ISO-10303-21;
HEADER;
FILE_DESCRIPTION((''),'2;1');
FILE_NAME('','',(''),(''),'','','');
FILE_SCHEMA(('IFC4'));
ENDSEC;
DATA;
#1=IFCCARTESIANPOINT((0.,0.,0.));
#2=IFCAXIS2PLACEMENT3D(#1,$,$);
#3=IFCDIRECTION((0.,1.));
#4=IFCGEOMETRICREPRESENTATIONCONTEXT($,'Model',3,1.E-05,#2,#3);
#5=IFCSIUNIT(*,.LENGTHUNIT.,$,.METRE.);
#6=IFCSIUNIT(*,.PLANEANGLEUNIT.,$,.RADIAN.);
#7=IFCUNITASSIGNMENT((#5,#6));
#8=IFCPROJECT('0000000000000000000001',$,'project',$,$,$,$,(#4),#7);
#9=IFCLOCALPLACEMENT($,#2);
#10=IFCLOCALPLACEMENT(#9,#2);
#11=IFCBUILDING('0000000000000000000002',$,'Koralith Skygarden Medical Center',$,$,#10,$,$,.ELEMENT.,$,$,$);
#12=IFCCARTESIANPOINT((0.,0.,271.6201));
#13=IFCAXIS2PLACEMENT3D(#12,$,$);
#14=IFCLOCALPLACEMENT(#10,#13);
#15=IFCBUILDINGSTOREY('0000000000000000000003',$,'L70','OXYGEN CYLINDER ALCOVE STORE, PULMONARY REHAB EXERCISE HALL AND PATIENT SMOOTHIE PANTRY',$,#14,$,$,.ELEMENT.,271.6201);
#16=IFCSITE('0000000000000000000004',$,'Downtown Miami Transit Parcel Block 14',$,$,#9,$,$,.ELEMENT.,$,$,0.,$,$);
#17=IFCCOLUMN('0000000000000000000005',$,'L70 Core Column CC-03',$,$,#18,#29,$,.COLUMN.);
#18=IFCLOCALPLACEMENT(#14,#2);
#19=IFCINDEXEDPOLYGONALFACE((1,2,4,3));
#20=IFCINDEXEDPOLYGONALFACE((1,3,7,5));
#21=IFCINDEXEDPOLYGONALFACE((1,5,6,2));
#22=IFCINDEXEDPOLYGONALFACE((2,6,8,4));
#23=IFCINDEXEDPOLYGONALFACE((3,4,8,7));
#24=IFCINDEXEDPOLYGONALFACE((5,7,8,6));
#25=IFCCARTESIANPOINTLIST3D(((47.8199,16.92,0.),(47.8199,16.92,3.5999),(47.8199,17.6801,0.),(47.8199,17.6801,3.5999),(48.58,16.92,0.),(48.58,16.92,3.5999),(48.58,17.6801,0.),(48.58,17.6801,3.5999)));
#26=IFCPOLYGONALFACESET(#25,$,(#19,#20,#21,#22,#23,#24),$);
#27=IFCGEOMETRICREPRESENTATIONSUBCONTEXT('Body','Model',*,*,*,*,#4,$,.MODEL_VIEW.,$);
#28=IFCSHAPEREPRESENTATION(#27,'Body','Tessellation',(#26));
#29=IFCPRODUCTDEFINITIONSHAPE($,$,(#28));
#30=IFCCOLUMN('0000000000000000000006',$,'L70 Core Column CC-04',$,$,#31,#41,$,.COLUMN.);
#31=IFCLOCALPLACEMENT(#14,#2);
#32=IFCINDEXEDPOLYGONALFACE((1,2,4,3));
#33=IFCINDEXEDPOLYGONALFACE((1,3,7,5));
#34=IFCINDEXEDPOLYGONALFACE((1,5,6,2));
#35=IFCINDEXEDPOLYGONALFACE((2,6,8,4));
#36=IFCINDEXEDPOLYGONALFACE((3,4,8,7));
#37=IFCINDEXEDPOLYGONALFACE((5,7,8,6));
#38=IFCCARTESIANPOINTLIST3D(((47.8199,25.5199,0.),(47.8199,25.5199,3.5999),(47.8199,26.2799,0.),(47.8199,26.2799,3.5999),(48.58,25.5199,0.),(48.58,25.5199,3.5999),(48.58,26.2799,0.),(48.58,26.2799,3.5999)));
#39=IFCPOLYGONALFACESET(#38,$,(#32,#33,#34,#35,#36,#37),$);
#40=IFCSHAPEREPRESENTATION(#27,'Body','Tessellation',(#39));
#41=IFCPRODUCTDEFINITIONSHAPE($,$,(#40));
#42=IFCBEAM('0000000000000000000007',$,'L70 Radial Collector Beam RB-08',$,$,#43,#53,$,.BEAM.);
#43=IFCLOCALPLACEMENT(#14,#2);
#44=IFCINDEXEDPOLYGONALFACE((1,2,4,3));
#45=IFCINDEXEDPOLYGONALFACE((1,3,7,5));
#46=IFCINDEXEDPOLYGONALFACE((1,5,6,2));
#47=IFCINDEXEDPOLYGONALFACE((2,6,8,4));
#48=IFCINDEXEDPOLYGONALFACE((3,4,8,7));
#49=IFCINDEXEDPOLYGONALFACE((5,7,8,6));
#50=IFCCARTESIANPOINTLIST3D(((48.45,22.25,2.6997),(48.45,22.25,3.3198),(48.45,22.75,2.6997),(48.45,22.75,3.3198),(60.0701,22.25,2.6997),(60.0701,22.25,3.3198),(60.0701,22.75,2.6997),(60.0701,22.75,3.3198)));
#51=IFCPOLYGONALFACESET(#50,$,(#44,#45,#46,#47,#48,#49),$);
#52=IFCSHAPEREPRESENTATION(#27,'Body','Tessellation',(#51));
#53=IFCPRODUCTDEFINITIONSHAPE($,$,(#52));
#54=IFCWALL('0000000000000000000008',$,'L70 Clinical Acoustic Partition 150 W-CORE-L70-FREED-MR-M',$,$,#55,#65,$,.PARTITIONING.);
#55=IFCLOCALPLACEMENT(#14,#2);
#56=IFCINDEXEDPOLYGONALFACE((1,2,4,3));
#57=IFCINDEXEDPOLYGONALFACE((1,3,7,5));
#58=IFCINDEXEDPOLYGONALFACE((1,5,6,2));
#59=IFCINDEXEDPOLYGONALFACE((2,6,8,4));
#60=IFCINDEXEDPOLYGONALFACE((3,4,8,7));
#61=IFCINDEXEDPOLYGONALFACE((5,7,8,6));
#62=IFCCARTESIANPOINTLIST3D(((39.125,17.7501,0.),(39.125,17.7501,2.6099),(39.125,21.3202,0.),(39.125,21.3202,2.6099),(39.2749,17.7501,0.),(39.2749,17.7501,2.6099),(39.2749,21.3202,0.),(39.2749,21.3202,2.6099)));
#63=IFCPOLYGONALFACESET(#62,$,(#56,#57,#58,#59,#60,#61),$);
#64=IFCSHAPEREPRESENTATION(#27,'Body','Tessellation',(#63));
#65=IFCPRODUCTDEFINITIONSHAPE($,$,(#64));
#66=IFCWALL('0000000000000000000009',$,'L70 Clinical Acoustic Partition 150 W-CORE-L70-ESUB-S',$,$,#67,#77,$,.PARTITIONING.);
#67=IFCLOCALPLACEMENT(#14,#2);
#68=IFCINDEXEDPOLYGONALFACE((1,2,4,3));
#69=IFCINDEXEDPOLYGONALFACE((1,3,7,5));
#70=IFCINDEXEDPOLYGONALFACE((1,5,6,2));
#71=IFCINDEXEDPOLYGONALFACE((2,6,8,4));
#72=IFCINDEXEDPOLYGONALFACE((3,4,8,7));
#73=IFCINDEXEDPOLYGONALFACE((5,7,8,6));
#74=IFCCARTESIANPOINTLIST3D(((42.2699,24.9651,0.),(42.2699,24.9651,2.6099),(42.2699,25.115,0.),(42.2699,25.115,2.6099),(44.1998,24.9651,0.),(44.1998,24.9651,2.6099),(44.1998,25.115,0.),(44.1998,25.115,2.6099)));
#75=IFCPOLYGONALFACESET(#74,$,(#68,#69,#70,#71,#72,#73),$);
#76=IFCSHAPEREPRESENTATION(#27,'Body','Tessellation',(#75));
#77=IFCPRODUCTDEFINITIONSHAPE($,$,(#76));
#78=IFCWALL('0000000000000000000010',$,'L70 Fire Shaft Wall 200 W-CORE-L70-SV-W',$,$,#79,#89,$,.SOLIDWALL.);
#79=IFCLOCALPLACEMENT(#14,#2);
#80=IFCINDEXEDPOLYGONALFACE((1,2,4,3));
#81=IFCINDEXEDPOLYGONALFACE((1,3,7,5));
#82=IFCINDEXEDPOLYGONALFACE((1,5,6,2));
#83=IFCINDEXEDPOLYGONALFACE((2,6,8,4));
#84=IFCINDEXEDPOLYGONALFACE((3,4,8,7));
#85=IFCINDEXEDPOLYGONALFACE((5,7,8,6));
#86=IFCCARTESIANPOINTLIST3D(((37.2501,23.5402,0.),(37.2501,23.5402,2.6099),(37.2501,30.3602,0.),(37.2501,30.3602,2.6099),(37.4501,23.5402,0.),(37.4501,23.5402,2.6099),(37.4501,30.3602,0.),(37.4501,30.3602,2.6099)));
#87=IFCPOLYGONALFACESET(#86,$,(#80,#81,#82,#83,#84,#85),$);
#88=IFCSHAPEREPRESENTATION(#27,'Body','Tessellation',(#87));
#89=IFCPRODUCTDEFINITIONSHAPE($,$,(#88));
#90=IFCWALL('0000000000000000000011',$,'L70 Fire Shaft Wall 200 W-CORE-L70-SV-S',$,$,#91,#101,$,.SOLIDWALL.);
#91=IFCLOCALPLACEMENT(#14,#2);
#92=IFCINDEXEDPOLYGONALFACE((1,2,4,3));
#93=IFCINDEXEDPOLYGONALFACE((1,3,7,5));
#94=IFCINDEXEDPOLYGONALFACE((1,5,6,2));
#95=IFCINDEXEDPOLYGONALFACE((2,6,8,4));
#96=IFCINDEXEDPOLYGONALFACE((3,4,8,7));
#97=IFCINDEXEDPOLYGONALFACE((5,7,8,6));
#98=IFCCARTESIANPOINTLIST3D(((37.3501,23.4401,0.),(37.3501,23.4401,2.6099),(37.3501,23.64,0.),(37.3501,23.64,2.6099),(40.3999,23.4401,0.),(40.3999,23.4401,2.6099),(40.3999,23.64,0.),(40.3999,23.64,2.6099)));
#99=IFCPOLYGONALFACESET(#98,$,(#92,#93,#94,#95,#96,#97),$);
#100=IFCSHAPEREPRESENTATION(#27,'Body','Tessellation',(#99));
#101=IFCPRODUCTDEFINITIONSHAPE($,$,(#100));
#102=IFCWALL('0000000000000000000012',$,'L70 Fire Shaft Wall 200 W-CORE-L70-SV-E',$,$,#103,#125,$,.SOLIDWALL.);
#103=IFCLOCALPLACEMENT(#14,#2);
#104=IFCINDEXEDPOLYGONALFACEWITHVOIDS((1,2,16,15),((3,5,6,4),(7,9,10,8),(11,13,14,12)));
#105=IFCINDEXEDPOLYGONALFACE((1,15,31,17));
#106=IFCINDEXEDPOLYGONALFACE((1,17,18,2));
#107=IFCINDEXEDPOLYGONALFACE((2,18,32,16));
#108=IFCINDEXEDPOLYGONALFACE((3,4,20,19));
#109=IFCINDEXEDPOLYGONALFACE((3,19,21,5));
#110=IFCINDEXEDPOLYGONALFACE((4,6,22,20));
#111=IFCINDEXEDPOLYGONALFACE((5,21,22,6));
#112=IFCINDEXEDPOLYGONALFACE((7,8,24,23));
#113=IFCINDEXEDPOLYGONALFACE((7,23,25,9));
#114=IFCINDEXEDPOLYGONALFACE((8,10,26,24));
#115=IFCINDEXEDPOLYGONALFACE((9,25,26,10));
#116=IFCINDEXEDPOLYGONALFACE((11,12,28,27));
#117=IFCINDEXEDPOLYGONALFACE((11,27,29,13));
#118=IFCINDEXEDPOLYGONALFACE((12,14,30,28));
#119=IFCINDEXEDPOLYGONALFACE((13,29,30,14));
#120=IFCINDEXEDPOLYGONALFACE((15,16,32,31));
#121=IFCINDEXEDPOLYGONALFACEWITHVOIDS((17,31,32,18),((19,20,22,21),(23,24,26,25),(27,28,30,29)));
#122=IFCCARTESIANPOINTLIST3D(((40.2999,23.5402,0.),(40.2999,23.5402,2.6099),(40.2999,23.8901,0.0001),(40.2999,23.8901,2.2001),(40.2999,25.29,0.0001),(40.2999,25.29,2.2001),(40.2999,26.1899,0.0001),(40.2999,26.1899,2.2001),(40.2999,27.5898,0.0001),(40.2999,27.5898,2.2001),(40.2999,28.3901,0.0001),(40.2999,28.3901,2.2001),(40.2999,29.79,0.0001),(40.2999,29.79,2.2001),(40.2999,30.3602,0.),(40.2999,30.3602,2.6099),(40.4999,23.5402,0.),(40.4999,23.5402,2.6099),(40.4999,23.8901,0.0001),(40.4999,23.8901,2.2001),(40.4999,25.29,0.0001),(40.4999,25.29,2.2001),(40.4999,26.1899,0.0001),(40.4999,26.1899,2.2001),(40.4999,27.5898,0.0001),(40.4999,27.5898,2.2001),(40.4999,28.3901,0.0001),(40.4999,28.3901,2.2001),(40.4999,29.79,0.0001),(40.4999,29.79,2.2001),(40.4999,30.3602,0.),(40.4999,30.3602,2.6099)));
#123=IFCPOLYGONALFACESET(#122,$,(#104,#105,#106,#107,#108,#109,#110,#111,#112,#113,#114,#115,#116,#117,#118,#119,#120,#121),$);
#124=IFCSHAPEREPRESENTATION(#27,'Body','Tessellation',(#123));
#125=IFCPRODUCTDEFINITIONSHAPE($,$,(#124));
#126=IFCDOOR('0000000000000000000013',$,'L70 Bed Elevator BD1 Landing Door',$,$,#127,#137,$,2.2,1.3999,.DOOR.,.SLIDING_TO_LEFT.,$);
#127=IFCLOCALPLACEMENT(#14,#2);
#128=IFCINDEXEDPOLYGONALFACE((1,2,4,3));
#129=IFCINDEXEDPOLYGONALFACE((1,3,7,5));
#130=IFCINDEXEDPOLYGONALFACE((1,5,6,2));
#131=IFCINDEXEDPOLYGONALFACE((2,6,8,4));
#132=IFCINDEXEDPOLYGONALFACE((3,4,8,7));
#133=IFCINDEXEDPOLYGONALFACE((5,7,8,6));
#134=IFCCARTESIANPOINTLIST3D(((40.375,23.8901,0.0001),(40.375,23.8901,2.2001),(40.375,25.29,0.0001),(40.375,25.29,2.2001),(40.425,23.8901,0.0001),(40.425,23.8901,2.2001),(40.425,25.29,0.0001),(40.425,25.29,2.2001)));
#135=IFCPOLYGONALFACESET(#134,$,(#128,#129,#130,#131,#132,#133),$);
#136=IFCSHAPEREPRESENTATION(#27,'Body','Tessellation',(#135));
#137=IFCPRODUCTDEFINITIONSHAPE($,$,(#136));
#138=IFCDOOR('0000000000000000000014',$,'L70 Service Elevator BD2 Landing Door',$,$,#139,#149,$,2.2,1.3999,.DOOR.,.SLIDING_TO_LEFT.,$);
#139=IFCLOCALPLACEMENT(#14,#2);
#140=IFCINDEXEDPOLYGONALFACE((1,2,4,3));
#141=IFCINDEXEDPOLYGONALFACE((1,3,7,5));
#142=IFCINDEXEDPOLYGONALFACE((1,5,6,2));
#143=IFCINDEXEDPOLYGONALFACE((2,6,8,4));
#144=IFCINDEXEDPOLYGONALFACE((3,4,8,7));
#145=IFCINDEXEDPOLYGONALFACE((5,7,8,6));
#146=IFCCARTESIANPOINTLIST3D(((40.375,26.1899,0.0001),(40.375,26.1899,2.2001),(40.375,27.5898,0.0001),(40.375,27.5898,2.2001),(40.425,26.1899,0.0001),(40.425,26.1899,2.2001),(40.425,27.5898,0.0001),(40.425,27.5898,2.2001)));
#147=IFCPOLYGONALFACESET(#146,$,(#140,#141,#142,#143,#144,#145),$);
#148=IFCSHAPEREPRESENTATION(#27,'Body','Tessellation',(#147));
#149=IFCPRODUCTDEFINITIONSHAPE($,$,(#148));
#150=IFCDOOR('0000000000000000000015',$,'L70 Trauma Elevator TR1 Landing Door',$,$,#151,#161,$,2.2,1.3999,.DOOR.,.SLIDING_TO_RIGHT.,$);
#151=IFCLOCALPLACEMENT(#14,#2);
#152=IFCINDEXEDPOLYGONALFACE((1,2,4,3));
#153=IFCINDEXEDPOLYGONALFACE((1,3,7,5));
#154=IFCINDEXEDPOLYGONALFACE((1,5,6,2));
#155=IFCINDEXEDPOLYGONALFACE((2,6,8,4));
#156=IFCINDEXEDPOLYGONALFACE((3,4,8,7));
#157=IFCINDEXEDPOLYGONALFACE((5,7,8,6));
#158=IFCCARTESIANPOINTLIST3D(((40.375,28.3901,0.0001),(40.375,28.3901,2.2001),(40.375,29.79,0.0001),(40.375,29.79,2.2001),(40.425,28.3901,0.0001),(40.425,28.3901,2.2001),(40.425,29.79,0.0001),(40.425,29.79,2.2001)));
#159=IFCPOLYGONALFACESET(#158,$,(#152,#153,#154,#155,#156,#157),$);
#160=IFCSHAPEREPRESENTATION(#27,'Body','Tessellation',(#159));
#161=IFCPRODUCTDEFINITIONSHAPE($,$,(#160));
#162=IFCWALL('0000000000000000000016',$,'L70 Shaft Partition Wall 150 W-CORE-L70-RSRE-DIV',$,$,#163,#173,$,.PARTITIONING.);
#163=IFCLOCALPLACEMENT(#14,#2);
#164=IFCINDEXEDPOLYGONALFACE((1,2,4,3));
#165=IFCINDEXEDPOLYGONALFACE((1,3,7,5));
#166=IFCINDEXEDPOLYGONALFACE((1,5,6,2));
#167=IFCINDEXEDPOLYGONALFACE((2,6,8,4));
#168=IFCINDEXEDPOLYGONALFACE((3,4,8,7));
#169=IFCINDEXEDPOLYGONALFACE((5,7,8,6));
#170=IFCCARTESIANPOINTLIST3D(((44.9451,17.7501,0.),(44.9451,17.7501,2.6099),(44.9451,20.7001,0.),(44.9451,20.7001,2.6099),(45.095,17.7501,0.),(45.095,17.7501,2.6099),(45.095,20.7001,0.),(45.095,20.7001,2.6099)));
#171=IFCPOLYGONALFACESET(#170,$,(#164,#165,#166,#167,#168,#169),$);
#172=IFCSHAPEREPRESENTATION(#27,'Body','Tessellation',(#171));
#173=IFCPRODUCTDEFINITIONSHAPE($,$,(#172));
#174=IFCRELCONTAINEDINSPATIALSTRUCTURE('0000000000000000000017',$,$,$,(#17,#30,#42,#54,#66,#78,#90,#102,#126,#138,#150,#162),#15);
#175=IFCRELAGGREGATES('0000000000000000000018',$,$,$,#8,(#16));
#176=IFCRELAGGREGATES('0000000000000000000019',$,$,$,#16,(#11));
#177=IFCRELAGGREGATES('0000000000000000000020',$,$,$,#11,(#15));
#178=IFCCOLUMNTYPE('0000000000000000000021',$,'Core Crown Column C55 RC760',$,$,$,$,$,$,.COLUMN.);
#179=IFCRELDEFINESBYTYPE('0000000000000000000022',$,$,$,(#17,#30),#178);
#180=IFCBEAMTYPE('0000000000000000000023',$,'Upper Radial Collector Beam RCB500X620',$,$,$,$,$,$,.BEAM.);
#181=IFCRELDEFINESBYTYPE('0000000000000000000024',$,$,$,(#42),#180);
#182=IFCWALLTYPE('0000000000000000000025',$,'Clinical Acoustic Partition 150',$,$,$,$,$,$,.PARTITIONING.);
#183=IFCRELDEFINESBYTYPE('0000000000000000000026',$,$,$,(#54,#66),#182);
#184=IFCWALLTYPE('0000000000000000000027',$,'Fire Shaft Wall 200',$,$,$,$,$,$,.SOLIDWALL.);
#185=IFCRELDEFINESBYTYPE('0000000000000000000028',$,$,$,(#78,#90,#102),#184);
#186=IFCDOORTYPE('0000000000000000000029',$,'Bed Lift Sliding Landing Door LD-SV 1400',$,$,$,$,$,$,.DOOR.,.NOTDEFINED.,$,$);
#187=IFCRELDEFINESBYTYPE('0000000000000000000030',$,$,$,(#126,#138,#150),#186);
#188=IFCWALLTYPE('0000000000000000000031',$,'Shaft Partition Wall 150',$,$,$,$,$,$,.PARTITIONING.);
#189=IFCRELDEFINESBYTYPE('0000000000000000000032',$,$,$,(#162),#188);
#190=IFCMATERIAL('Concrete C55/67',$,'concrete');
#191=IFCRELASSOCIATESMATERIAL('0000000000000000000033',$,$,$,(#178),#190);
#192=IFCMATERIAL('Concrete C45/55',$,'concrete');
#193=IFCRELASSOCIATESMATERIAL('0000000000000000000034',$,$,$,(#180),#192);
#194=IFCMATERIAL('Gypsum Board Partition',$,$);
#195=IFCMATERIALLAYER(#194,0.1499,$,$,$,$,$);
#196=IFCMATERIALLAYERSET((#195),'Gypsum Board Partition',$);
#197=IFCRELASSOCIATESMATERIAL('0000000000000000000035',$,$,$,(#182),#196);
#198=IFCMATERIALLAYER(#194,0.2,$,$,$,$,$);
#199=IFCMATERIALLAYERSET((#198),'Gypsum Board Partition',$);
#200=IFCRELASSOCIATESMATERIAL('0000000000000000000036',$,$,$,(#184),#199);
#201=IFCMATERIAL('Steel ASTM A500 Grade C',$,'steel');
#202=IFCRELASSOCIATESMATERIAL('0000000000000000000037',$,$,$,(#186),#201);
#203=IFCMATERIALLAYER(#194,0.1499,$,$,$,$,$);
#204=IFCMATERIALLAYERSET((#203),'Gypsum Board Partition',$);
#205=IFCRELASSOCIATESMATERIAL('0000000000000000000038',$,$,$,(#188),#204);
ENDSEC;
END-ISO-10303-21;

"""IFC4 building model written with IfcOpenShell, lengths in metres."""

from ifc_helpers import new_model, si_unit, direction, frame, frame_2d, origin, origin_2d, place, context, subcontext, project, spatial, rectangle, extrude, material, layer, layer_set, material_profile, profile_set, type_object, element, fill, save


model = new_model("IFC4")

# Units and contexts
model_context = context("Model", 3, precision=1e-05, world=origin(), true_north=direction((0.0, 1.0)))
body_context = subcontext(model_context, "Body", "Model", "MODEL_VIEW")
ifc_project = project(units=[si_unit("LENGTHUNIT", "METRE"), si_unit("PLANEANGLEUNIT", "RADIAN")], contexts=[model_context])

# Site, building, storey
site_placement = place(None, origin())
site = spatial("IfcSite", under=ifc_project, at=site_placement, Name="Downtown Miami Transit Parcel Block 14", CompositionType="ELEMENT", RefElevation=0.0)
building_placement = place(site_placement, origin())
building = spatial("IfcBuilding", under=site, at=building_placement, Name="Koralith Skygarden Medical Center", CompositionType="ELEMENT")
storey_placement = place(building_placement, frame((0.0, 0.0, 271.6201)))
storey = spatial("IfcBuildingStorey", under=building, at=storey_placement, Name="L70", Description="OXYGEN CYLINDER ALCOVE STORE, PULMONARY REHAB EXERCISE HALL AND PATIENT SMOOTHIE PANTRY", CompositionType="ELEMENT", Elevation=271.6201)

# Columns
ifc_material_1 = material(Name="Concrete C55/67", Category="concrete")
ifc_material_profile_1 = material_profile(ifc_material_1, rectangle(XDim=0.76, YDim=0.76, at=origin_2d()), Name="RC760X760")
ifc_profile_set_1 = profile_set([ifc_material_profile_1], Name="Concrete C55/67")
column_type = type_object("IfcColumnType", Name="Core Crown Column C55 RC760", PredefinedType="COLUMN", material=ifc_profile_set_1)
for number, where, z_axis, x_axis, name in (
    (1, (48.2, 17.3, 0.0), (0.0, 0.0, 1.0), (1.0, 0.0, 0.0), "L70 Core Column CC-03"),
    (2, (48.2, 25.8999, 0.0), (0.0, 0.0, 1.0), (1.0, 0.0, 0.0), "L70 Core Column CC-04"),
):
    element("IfcColumn", number, at=place(storey_placement, frame(where, z_axis=z_axis, x_axis=x_axis)), inside=storey, type_object=column_type, Name=name, PredefinedType="COLUMN", context=body_context, shape_type="SweptSolid", body=[
        extrude(rectangle(XDim=0.76, YDim=0.76, at=origin_2d()), origin(), (0.0, 0.0, 1.0), 3.5999),
    ])

# Beam
ifc_material_2 = material(Name="Concrete C45/55", Category="concrete")
ifc_material_profile_2 = material_profile(ifc_material_2, rectangle(XDim=0.5, YDim=0.6201, at=origin_2d()), Name="RCB500X620")
ifc_profile_set_2 = profile_set([ifc_material_profile_2], Name="Concrete C45/55")
beam_type = type_object("IfcBeamType", Name="Upper Radial Collector Beam RCB500X620", PredefinedType="BEAM", material=ifc_profile_set_2)
beam_placement = place(storey_placement, frame((48.45, 22.5, 3.0098), z_axis=(1.0, 0.0, 0.0), x_axis=(0.0, 1.0, 0.0)))
element("IfcBeam", 3, at=beam_placement, inside=storey, type_object=beam_type, Name="L70 Radial Collector Beam RB-08", PredefinedType="BEAM", context=body_context, shape_type="SweptSolid", body=[
    extrude(rectangle(XDim=0.5, YDim=0.6201, at=origin_2d()), origin(), (0.0, 0.0, 1.0), 11.6201),
])

# Shared definitions
ifc_material_3 = material(Name="Gypsum Board Partition")
ifc_layer_1 = layer(ifc_material_3, 0.1499)
ifc_layer_set_1 = layer_set([ifc_layer_1], Name="Gypsum Board Partition")
wall_type_1 = type_object("IfcWallType", Name="Clinical Acoustic Partition 150", PredefinedType="PARTITIONING", material=ifc_layer_set_1)

# Wall
wall_1_placement = place(storey_placement, frame((39.2, 17.75, 0.0), z_axis=(0.0, 0.0, 1.0), x_axis=(0.0, 1.0, 0.0)))
element("IfcWall", 4, at=wall_1_placement, inside=storey, type_object=wall_type_1, Name="L70 Clinical Acoustic Partition 150 W-CORE-L70-FREED-MR-M", PredefinedType="PARTITIONING", context=body_context, shape_type="SweptSolid", body=[
    extrude(rectangle(XDim=3.5701, YDim=0.1499, at=frame_2d((1.7852, 0.0))), origin(), (0.0, 0.0, 1.0), 2.6099),
])

# Wall
wall_2_placement = place(storey_placement, frame((42.27, 25.04, 0.0), z_axis=(0.0, 0.0, 1.0), x_axis=(1.0, 0.0, 0.0)))
element("IfcWall", 5, at=wall_2_placement, inside=storey, type_object=wall_type_1, Name="L70 Clinical Acoustic Partition 150 W-CORE-L70-ESUB-S", PredefinedType="PARTITIONING", context=body_context, shape_type="SweptSolid", body=[
    extrude(rectangle(XDim=1.9299, YDim=0.1499, at=frame_2d((0.9648, 0.0))), origin(), (0.0, 0.0, 1.0), 2.6099),
])

# Shared definitions
ifc_layer_2 = layer(ifc_material_3, 0.2)
ifc_layer_set_2 = layer_set([ifc_layer_2], Name="Gypsum Board Partition")
wall_type_2 = type_object("IfcWallType", Name="Fire Shaft Wall 200", PredefinedType="SOLIDWALL", material=ifc_layer_set_2)
ifc_material_4 = material(Name="Steel ASTM A500 Grade C", Category="steel")

# Walls
wall_3_placement = place(storey_placement, frame((37.3501, 23.54, 0.0), z_axis=(0.0, 0.0, 1.0), x_axis=(0.0, 1.0, 0.0)))
element("IfcWall", 6, at=wall_3_placement, inside=storey, type_object=wall_type_2, Name="L70 Fire Shaft Wall 200 W-CORE-L70-SV-W", PredefinedType="SOLIDWALL", context=body_context, shape_type="SweptSolid", body=[
    extrude(rectangle(XDim=6.8201, YDim=0.2, at=frame_2d((3.4102, 0.0))), origin(), (0.0, 0.0, 1.0), 2.6099),
])
wall_4_placement = place(storey_placement, frame((37.3501, 23.54, 0.0), z_axis=(0.0, 0.0, 1.0), x_axis=(1.0, 0.0, 0.0)))
element("IfcWall", 7, at=wall_4_placement, inside=storey, type_object=wall_type_2, Name="L70 Fire Shaft Wall 200 W-CORE-L70-SV-S", PredefinedType="SOLIDWALL", context=body_context, shape_type="SweptSolid", body=[
    extrude(rectangle(XDim=3.0498, YDim=0.2, at=frame_2d((1.5249, 0.0))), origin(), (0.0, 0.0, 1.0), 2.6099),
])

# Wall, openings, doors
wall_5_placement = place(storey_placement, frame((40.3999, 23.54, 0.0), z_axis=(0.0, 0.0, 1.0), x_axis=(0.0, 1.0, 0.0)))
wall_5 = element("IfcWall", 8, at=wall_5_placement, inside=storey, type_object=wall_type_2, Name="L70 Fire Shaft Wall 200 W-CORE-L70-SV-E", PredefinedType="SOLIDWALL", context=body_context, shape_type="SweptSolid", body=[
    extrude(rectangle(XDim=6.8201, YDim=0.2, at=frame_2d((3.4102, 0.0))), origin(), (0.0, 0.0, 1.0), 2.6099),
])
opening_1_placement = place(wall_5_placement, frame((0.3501, 0.0, 0.0)))
opening_1 = element("IfcOpeningElement", 9, at=opening_1_placement, cuts=wall_5, PredefinedType="OPENING", context=body_context, shape_type="SweptSolid", body=[
    extrude(rectangle(XDim=1.3999, YDim=2.2, at=frame_2d((0.7, 1.1001))), frame((0.0, 0.1099, 0.0), z_axis=(0.0, -1.0, 0.0), x_axis=(1.0, 0.0, 0.0)), (0.0, 0.0, 1.0), 0.22),
])
opening_2_placement = place(wall_5_placement, frame((2.6499, 0.0, 0.0)))
opening_2 = element("IfcOpeningElement", 10, at=opening_2_placement, cuts=wall_5, PredefinedType="OPENING", context=body_context, shape_type="SweptSolid", body=[
    extrude(rectangle(XDim=1.3999, YDim=2.2, at=frame_2d((0.7, 1.1001))), frame((0.0, 0.1099, 0.0), z_axis=(0.0, -1.0, 0.0), x_axis=(1.0, 0.0, 0.0)), (0.0, 0.0, 1.0), 0.22),
])
opening_3_placement = place(wall_5_placement, frame((4.8501, 0.0, 0.0)))
opening_3 = element("IfcOpeningElement", 11, at=opening_3_placement, cuts=wall_5, PredefinedType="OPENING", context=body_context, shape_type="SweptSolid", body=[
    extrude(rectangle(XDim=1.3999, YDim=2.2, at=frame_2d((0.7, 1.1001))), frame((0.0, 0.1099, 0.0), z_axis=(0.0, -1.0, 0.0), x_axis=(1.0, 0.0, 0.0)), (0.0, 0.0, 1.0), 0.22),
])
door_type_1 = type_object("IfcDoorType", Name="Bed Lift Sliding Landing Door LD-SV 1400", OperationType="NOTDEFINED", PredefinedType="DOOR", material=ifc_material_4)
door_1_placement = place(opening_1_placement, origin())
door_1 = element("IfcDoor", 12, at=door_1_placement, inside=storey, type_object=door_type_1, Name="L70 Bed Elevator BD1 Landing Door", OperationType="SLIDING_TO_LEFT", OverallHeight=2.2, OverallWidth=1.3999, PredefinedType="DOOR", context=body_context, shape_type="SweptSolid", body=[
    extrude(rectangle(XDim=1.3999, YDim=2.2, at=frame_2d((0.7, 1.1001))), frame((0.0, 0.0249, 0.0), z_axis=(0.0, -1.0, 0.0), x_axis=(1.0, 0.0, 0.0)), (0.0, 0.0, 1.0), 0.05),
])
fill(opening_1, door_1)
door_2_placement = place(opening_2_placement, origin())
door_2 = element("IfcDoor", 13, at=door_2_placement, inside=storey, type_object=door_type_1, Name="L70 Service Elevator BD2 Landing Door", OperationType="SLIDING_TO_LEFT", OverallHeight=2.2, OverallWidth=1.3999, PredefinedType="DOOR", context=body_context, shape_type="SweptSolid", body=[
    extrude(rectangle(XDim=1.3999, YDim=2.2, at=frame_2d((0.7, 1.1001))), frame((0.0, 0.0249, 0.0), z_axis=(0.0, -1.0, 0.0), x_axis=(1.0, 0.0, 0.0)), (0.0, 0.0, 1.0), 0.05),
])
fill(opening_2, door_2)
door_3_placement = place(opening_3_placement, origin())
door_3 = element("IfcDoor", 14, at=door_3_placement, inside=storey, type_object=door_type_1, Name="L70 Trauma Elevator TR1 Landing Door", OperationType="SLIDING_TO_RIGHT", OverallHeight=2.2, OverallWidth=1.3999, PredefinedType="DOOR", context=body_context, shape_type="SweptSolid", body=[
    extrude(rectangle(XDim=1.3999, YDim=2.2, at=frame_2d((0.7, 1.1001))), frame((0.0, 0.0249, 0.0), z_axis=(0.0, -1.0, 0.0), x_axis=(1.0, 0.0, 0.0)), (0.0, 0.0, 1.0), 0.05),
])
fill(opening_3, door_3)

# Wall
ifc_layer_3 = layer(ifc_material_3, 0.1499)
ifc_layer_set_3 = layer_set([ifc_layer_3], Name="Gypsum Board Partition")
wall_type_3 = type_object("IfcWallType", Name="Shaft Partition Wall 150", PredefinedType="PARTITIONING", material=ifc_layer_set_3)
wall_6_placement = place(storey_placement, frame((45.02, 17.75, 0.0), z_axis=(0.0, 0.0, 1.0), x_axis=(0.0, 1.0, 0.0)))
element("IfcWall", 15, at=wall_6_placement, inside=storey, type_object=wall_type_3, Name="L70 Shaft Partition Wall 150 W-CORE-L70-RSRE-DIV", PredefinedType="PARTITIONING", context=body_context, shape_type="SweptSolid", body=[
    extrude(rectangle(XDim=2.95, YDim=0.1499, at=frame_2d((1.4751, 0.0))), origin(), (0.0, 0.0, 1.0), 2.6099),
])

save(model, "model.ifc")
